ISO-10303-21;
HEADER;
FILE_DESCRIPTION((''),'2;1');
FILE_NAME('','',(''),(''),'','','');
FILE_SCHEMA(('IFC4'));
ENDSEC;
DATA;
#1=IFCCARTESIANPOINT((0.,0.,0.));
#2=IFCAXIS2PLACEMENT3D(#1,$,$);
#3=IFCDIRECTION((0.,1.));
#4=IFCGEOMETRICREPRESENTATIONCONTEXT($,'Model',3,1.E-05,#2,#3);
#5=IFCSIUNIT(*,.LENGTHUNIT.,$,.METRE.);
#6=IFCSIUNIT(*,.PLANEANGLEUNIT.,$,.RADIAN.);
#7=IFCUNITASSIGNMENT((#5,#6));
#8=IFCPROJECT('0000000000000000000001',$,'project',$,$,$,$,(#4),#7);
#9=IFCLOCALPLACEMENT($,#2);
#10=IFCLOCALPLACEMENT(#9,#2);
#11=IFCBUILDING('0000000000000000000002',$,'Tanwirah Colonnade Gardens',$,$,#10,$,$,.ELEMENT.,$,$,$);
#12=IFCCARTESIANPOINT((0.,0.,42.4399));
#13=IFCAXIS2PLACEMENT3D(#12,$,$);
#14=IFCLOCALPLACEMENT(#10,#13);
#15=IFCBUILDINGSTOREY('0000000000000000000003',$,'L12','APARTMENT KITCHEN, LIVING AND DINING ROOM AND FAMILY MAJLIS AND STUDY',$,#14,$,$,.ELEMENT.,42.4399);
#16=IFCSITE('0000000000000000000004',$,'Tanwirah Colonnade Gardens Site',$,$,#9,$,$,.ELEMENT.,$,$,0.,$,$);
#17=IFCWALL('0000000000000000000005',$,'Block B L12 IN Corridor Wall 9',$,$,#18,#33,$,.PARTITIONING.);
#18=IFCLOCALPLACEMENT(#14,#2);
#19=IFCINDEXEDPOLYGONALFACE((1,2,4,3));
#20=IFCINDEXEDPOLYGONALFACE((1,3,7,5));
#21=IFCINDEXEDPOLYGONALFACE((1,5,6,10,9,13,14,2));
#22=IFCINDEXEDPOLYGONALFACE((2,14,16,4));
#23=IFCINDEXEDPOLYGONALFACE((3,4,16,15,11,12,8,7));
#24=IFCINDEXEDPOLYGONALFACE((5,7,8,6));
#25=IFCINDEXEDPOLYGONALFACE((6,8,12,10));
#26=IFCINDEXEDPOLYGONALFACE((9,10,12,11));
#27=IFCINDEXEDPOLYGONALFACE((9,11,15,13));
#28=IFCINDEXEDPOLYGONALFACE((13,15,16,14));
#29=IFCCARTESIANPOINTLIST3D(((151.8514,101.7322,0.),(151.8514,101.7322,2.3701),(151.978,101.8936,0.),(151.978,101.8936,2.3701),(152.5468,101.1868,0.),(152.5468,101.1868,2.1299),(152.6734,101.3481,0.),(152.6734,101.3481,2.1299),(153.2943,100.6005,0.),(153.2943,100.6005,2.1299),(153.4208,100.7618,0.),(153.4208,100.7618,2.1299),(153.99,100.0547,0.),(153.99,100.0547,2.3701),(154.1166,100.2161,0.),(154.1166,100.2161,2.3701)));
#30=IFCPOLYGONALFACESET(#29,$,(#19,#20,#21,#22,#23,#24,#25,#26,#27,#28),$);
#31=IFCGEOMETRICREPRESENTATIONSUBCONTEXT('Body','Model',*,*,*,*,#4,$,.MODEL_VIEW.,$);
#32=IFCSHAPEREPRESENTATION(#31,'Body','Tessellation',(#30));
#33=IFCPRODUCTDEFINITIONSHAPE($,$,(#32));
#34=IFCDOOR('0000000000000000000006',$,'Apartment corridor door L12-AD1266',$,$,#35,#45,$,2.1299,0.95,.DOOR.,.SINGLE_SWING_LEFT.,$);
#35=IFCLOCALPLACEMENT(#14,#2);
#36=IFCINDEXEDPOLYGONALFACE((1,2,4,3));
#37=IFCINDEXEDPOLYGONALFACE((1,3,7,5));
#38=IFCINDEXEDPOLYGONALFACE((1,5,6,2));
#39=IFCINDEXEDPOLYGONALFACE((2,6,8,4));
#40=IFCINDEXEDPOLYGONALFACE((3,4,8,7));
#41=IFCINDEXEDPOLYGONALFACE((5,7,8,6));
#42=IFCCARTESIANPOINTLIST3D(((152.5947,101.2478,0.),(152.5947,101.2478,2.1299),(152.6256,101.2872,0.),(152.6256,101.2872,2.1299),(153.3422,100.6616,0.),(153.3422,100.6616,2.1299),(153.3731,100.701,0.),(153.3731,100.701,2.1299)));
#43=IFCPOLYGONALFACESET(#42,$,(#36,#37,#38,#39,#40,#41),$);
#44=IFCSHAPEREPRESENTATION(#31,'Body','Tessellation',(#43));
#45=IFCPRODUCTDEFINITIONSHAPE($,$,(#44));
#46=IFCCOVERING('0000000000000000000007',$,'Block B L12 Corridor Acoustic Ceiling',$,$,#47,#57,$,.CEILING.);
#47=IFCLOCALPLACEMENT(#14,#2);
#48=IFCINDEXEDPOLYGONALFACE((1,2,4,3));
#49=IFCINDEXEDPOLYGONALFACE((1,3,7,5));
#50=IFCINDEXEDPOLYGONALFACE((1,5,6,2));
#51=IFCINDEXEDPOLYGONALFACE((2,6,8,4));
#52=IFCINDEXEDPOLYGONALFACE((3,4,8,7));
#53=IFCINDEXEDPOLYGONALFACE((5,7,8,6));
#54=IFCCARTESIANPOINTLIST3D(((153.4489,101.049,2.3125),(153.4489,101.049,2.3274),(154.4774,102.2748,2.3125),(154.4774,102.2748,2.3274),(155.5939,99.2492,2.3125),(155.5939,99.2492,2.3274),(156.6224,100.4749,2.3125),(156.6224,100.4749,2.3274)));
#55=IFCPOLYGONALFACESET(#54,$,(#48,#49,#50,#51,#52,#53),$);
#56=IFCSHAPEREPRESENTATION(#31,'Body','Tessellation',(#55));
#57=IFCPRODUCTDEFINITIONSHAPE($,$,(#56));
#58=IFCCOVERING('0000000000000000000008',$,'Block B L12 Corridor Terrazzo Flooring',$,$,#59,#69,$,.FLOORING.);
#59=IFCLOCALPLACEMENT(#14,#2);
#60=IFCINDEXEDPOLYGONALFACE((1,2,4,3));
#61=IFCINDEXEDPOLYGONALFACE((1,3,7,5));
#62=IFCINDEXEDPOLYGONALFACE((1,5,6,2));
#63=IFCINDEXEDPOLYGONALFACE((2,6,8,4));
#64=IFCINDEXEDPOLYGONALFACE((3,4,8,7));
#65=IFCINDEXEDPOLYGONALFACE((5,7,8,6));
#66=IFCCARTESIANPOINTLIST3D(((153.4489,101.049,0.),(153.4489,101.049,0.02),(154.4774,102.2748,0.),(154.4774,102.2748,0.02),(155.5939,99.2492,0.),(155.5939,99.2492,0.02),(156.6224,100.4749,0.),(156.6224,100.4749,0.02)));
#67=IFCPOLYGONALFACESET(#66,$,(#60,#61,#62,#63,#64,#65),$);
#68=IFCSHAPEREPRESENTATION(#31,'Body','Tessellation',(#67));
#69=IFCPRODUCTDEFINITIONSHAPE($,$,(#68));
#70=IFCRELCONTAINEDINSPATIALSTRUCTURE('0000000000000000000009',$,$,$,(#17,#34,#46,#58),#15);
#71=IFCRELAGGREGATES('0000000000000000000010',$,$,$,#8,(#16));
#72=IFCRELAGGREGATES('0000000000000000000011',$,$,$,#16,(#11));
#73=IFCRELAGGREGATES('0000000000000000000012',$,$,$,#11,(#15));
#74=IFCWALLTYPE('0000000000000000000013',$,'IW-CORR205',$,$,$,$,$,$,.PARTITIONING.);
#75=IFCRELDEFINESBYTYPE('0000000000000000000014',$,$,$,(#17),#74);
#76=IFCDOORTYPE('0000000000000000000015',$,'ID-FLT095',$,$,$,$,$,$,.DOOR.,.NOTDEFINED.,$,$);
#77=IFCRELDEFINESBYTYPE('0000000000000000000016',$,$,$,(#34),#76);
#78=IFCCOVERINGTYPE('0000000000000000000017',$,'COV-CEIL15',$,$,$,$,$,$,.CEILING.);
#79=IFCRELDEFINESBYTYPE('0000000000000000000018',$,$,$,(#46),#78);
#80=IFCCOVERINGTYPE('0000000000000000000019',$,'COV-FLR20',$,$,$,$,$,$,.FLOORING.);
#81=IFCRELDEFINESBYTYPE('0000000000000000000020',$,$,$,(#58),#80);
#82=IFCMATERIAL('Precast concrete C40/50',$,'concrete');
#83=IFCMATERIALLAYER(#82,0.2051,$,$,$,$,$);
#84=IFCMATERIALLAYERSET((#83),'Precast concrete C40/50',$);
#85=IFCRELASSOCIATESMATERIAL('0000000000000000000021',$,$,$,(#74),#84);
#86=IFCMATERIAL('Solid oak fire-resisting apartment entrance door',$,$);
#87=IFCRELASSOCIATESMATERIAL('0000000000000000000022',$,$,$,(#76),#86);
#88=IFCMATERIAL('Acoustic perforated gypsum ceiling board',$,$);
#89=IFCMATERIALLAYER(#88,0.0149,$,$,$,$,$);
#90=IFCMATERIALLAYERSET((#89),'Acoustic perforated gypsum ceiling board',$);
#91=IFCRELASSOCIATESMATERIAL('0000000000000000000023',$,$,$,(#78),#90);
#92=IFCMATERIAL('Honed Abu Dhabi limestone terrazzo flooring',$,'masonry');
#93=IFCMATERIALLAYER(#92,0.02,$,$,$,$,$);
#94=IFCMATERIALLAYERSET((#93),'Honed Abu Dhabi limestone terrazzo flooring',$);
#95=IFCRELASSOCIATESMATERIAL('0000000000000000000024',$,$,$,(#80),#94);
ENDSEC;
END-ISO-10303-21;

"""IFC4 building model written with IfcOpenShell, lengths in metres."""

from ifc_helpers import new_model, si_unit, direction, frame, frame_2d, origin, origin_2d, place, context, subcontext, project, spatial, rectangle, extrude, material, layer, layer_set, type_object, element, fill, save


model = new_model("IFC4")

# Units and contexts
model_context = context("Model", 3, precision=1e-05, world=origin(), true_north=direction((0.0, 1.0)))
body_context = subcontext(model_context, "Body", "Model", "MODEL_VIEW")
ifc_project = project(units=[si_unit("LENGTHUNIT", "METRE"), si_unit("PLANEANGLEUNIT", "RADIAN")], contexts=[model_context])

# Site, building, storey
site_placement = place(None, origin())
site = spatial("IfcSite", under=ifc_project, at=site_placement, Name="Tanwirah Colonnade Gardens Site", CompositionType="ELEMENT", RefElevation=0.0)
building_placement = place(site_placement, origin())
building = spatial("IfcBuilding", under=site, at=building_placement, Name="Tanwirah Colonnade Gardens", CompositionType="ELEMENT")
storey_placement = place(building_placement, frame((0.0, 0.0, 42.4399)))
storey = spatial("IfcBuildingStorey", under=building, at=storey_placement, Name="L12", Description="APARTMENT KITCHEN, LIVING AND DINING ROOM AND FAMILY MAJLIS AND STUDY", CompositionType="ELEMENT", Elevation=42.4399)

# Shared definitions
ifc_material_1 = material(Name="Precast concrete C40/50", Category="concrete")

# Wall, opening, door
ifc_layer_1 = layer(ifc_material_1, 0.2051)
ifc_layer_set_1 = layer_set([ifc_layer_1], Name="Precast concrete C40/50")
wall_type = type_object("IfcWallType", Name="IW-CORR205", PredefinedType="PARTITIONING", material=ifc_layer_set_1)
ifc_material_2 = material(Name="Solid oak fire-resisting apartment entrance door")
wall_1_placement = place(storey_placement, frame((154.0532, 100.1355, 0.0), z_axis=(0.0, 0.0, 1.0), x_axis=(-0.786835, 0.617163, 0.0)))
wall_1 = element("IfcWall", 1, at=wall_1_placement, inside=storey, type_object=wall_type, Name="Block B L12 IN Corridor Wall 9", PredefinedType="PARTITIONING", context=body_context, shape_type="SweptSolid", body=[
    extrude(rectangle(XDim=2.718, YDim=0.2051, at=frame_2d((1.3589, 0.0))), origin(), (0.0, 0.0, 1.0), 2.3701),
])
opening_1_placement = place(wall_1_placement, frame((0.884, 0.0, 0.0)))
opening_1 = element("IfcOpeningElement", 2, at=opening_1_placement, cuts=wall_1, PredefinedType="OPENING", context=body_context, shape_type="SweptSolid", body=[
    extrude(rectangle(XDim=0.95, YDim=2.1299, at=frame_2d((0.4751, 1.0649))), frame((0.0, 0.1125, 0.0), z_axis=(0.0, -1.0, 0.0), x_axis=(1.0, 0.0, 0.0)), (0.0, 0.0, 1.0), 0.2251),
])
door_type_1 = type_object("IfcDoorType", Name="ID-FLT095", OperationType="NOTDEFINED", PredefinedType="DOOR", material=ifc_material_2)
door_1_placement = place(opening_1_placement, origin())
door_1 = element("IfcDoor", 3, at=door_1_placement, inside=storey, type_object=door_type_1, Name="Apartment corridor door L12-AD1266", OperationType="SINGLE_SWING_LEFT", OverallHeight=2.1299, OverallWidth=0.95, PredefinedType="DOOR", context=body_context, shape_type="SweptSolid", body=[
    extrude(rectangle(XDim=0.95, YDim=2.1299, at=frame_2d((0.4751, 1.0649))), frame((0.0, 0.0249, 0.0), z_axis=(0.0, -1.0, 0.0), x_axis=(1.0, 0.0, 0.0)), (0.0, 0.0, 1.0), 0.05),
])
fill(opening_1, door_1)

# Coverings
ifc_material_3 = material(Name="Acoustic perforated gypsum ceiling board")
ifc_layer_2 = layer(ifc_material_3, 0.0149)
ifc_layer_set_2 = layer_set([ifc_layer_2], Name="Acoustic perforated gypsum ceiling board")
covering_type_1 = type_object("IfcCoveringType", Name="COV-CEIL15", PredefinedType="CEILING", material=ifc_layer_set_2)
covering_1_placement = place(storey_placement, frame((155.0356, 100.762, 2.3125), z_axis=(0.0, 0.0, 1.0), x_axis=(-0.766044, 0.642788, 0.0)))
element("IfcCovering", 4, at=covering_1_placement, inside=storey, type_object=covering_type_1, Name="Block B L12 Corridor Acoustic Ceiling", PredefinedType="CEILING", context=body_context, shape_type="SweptSolid", body=[
    extrude(rectangle(XDim=2.8, YDim=1.6001, at=origin_2d()), origin(), (0.0, 0.0, 1.0), 0.0149),
])
ifc_material_4 = material(Name="Honed Abu Dhabi limestone terrazzo flooring", Category="masonry")
ifc_layer_3 = layer(ifc_material_4, 0.02)
ifc_layer_set_3 = layer_set([ifc_layer_3], Name="Honed Abu Dhabi limestone terrazzo flooring")
covering_type_2 = type_object("IfcCoveringType", Name="COV-FLR20", PredefinedType="FLOORING", material=ifc_layer_set_3)
covering_2_placement = place(storey_placement, frame((155.0356, 100.762, 0.0), z_axis=(0.0, 0.0, 1.0), x_axis=(-0.766044, 0.642788, 0.0)))
element("IfcCovering", 5, at=covering_2_placement, inside=storey, type_object=covering_type_2, Name="Block B L12 Corridor Terrazzo Flooring", PredefinedType="FLOORING", context=body_context, shape_type="SweptSolid", body=[
    extrude(rectangle(XDim=2.8, YDim=1.6001, at=origin_2d()), origin(), (0.0, 0.0, 1.0), 0.02),
])

save(model, "model.ifc")
